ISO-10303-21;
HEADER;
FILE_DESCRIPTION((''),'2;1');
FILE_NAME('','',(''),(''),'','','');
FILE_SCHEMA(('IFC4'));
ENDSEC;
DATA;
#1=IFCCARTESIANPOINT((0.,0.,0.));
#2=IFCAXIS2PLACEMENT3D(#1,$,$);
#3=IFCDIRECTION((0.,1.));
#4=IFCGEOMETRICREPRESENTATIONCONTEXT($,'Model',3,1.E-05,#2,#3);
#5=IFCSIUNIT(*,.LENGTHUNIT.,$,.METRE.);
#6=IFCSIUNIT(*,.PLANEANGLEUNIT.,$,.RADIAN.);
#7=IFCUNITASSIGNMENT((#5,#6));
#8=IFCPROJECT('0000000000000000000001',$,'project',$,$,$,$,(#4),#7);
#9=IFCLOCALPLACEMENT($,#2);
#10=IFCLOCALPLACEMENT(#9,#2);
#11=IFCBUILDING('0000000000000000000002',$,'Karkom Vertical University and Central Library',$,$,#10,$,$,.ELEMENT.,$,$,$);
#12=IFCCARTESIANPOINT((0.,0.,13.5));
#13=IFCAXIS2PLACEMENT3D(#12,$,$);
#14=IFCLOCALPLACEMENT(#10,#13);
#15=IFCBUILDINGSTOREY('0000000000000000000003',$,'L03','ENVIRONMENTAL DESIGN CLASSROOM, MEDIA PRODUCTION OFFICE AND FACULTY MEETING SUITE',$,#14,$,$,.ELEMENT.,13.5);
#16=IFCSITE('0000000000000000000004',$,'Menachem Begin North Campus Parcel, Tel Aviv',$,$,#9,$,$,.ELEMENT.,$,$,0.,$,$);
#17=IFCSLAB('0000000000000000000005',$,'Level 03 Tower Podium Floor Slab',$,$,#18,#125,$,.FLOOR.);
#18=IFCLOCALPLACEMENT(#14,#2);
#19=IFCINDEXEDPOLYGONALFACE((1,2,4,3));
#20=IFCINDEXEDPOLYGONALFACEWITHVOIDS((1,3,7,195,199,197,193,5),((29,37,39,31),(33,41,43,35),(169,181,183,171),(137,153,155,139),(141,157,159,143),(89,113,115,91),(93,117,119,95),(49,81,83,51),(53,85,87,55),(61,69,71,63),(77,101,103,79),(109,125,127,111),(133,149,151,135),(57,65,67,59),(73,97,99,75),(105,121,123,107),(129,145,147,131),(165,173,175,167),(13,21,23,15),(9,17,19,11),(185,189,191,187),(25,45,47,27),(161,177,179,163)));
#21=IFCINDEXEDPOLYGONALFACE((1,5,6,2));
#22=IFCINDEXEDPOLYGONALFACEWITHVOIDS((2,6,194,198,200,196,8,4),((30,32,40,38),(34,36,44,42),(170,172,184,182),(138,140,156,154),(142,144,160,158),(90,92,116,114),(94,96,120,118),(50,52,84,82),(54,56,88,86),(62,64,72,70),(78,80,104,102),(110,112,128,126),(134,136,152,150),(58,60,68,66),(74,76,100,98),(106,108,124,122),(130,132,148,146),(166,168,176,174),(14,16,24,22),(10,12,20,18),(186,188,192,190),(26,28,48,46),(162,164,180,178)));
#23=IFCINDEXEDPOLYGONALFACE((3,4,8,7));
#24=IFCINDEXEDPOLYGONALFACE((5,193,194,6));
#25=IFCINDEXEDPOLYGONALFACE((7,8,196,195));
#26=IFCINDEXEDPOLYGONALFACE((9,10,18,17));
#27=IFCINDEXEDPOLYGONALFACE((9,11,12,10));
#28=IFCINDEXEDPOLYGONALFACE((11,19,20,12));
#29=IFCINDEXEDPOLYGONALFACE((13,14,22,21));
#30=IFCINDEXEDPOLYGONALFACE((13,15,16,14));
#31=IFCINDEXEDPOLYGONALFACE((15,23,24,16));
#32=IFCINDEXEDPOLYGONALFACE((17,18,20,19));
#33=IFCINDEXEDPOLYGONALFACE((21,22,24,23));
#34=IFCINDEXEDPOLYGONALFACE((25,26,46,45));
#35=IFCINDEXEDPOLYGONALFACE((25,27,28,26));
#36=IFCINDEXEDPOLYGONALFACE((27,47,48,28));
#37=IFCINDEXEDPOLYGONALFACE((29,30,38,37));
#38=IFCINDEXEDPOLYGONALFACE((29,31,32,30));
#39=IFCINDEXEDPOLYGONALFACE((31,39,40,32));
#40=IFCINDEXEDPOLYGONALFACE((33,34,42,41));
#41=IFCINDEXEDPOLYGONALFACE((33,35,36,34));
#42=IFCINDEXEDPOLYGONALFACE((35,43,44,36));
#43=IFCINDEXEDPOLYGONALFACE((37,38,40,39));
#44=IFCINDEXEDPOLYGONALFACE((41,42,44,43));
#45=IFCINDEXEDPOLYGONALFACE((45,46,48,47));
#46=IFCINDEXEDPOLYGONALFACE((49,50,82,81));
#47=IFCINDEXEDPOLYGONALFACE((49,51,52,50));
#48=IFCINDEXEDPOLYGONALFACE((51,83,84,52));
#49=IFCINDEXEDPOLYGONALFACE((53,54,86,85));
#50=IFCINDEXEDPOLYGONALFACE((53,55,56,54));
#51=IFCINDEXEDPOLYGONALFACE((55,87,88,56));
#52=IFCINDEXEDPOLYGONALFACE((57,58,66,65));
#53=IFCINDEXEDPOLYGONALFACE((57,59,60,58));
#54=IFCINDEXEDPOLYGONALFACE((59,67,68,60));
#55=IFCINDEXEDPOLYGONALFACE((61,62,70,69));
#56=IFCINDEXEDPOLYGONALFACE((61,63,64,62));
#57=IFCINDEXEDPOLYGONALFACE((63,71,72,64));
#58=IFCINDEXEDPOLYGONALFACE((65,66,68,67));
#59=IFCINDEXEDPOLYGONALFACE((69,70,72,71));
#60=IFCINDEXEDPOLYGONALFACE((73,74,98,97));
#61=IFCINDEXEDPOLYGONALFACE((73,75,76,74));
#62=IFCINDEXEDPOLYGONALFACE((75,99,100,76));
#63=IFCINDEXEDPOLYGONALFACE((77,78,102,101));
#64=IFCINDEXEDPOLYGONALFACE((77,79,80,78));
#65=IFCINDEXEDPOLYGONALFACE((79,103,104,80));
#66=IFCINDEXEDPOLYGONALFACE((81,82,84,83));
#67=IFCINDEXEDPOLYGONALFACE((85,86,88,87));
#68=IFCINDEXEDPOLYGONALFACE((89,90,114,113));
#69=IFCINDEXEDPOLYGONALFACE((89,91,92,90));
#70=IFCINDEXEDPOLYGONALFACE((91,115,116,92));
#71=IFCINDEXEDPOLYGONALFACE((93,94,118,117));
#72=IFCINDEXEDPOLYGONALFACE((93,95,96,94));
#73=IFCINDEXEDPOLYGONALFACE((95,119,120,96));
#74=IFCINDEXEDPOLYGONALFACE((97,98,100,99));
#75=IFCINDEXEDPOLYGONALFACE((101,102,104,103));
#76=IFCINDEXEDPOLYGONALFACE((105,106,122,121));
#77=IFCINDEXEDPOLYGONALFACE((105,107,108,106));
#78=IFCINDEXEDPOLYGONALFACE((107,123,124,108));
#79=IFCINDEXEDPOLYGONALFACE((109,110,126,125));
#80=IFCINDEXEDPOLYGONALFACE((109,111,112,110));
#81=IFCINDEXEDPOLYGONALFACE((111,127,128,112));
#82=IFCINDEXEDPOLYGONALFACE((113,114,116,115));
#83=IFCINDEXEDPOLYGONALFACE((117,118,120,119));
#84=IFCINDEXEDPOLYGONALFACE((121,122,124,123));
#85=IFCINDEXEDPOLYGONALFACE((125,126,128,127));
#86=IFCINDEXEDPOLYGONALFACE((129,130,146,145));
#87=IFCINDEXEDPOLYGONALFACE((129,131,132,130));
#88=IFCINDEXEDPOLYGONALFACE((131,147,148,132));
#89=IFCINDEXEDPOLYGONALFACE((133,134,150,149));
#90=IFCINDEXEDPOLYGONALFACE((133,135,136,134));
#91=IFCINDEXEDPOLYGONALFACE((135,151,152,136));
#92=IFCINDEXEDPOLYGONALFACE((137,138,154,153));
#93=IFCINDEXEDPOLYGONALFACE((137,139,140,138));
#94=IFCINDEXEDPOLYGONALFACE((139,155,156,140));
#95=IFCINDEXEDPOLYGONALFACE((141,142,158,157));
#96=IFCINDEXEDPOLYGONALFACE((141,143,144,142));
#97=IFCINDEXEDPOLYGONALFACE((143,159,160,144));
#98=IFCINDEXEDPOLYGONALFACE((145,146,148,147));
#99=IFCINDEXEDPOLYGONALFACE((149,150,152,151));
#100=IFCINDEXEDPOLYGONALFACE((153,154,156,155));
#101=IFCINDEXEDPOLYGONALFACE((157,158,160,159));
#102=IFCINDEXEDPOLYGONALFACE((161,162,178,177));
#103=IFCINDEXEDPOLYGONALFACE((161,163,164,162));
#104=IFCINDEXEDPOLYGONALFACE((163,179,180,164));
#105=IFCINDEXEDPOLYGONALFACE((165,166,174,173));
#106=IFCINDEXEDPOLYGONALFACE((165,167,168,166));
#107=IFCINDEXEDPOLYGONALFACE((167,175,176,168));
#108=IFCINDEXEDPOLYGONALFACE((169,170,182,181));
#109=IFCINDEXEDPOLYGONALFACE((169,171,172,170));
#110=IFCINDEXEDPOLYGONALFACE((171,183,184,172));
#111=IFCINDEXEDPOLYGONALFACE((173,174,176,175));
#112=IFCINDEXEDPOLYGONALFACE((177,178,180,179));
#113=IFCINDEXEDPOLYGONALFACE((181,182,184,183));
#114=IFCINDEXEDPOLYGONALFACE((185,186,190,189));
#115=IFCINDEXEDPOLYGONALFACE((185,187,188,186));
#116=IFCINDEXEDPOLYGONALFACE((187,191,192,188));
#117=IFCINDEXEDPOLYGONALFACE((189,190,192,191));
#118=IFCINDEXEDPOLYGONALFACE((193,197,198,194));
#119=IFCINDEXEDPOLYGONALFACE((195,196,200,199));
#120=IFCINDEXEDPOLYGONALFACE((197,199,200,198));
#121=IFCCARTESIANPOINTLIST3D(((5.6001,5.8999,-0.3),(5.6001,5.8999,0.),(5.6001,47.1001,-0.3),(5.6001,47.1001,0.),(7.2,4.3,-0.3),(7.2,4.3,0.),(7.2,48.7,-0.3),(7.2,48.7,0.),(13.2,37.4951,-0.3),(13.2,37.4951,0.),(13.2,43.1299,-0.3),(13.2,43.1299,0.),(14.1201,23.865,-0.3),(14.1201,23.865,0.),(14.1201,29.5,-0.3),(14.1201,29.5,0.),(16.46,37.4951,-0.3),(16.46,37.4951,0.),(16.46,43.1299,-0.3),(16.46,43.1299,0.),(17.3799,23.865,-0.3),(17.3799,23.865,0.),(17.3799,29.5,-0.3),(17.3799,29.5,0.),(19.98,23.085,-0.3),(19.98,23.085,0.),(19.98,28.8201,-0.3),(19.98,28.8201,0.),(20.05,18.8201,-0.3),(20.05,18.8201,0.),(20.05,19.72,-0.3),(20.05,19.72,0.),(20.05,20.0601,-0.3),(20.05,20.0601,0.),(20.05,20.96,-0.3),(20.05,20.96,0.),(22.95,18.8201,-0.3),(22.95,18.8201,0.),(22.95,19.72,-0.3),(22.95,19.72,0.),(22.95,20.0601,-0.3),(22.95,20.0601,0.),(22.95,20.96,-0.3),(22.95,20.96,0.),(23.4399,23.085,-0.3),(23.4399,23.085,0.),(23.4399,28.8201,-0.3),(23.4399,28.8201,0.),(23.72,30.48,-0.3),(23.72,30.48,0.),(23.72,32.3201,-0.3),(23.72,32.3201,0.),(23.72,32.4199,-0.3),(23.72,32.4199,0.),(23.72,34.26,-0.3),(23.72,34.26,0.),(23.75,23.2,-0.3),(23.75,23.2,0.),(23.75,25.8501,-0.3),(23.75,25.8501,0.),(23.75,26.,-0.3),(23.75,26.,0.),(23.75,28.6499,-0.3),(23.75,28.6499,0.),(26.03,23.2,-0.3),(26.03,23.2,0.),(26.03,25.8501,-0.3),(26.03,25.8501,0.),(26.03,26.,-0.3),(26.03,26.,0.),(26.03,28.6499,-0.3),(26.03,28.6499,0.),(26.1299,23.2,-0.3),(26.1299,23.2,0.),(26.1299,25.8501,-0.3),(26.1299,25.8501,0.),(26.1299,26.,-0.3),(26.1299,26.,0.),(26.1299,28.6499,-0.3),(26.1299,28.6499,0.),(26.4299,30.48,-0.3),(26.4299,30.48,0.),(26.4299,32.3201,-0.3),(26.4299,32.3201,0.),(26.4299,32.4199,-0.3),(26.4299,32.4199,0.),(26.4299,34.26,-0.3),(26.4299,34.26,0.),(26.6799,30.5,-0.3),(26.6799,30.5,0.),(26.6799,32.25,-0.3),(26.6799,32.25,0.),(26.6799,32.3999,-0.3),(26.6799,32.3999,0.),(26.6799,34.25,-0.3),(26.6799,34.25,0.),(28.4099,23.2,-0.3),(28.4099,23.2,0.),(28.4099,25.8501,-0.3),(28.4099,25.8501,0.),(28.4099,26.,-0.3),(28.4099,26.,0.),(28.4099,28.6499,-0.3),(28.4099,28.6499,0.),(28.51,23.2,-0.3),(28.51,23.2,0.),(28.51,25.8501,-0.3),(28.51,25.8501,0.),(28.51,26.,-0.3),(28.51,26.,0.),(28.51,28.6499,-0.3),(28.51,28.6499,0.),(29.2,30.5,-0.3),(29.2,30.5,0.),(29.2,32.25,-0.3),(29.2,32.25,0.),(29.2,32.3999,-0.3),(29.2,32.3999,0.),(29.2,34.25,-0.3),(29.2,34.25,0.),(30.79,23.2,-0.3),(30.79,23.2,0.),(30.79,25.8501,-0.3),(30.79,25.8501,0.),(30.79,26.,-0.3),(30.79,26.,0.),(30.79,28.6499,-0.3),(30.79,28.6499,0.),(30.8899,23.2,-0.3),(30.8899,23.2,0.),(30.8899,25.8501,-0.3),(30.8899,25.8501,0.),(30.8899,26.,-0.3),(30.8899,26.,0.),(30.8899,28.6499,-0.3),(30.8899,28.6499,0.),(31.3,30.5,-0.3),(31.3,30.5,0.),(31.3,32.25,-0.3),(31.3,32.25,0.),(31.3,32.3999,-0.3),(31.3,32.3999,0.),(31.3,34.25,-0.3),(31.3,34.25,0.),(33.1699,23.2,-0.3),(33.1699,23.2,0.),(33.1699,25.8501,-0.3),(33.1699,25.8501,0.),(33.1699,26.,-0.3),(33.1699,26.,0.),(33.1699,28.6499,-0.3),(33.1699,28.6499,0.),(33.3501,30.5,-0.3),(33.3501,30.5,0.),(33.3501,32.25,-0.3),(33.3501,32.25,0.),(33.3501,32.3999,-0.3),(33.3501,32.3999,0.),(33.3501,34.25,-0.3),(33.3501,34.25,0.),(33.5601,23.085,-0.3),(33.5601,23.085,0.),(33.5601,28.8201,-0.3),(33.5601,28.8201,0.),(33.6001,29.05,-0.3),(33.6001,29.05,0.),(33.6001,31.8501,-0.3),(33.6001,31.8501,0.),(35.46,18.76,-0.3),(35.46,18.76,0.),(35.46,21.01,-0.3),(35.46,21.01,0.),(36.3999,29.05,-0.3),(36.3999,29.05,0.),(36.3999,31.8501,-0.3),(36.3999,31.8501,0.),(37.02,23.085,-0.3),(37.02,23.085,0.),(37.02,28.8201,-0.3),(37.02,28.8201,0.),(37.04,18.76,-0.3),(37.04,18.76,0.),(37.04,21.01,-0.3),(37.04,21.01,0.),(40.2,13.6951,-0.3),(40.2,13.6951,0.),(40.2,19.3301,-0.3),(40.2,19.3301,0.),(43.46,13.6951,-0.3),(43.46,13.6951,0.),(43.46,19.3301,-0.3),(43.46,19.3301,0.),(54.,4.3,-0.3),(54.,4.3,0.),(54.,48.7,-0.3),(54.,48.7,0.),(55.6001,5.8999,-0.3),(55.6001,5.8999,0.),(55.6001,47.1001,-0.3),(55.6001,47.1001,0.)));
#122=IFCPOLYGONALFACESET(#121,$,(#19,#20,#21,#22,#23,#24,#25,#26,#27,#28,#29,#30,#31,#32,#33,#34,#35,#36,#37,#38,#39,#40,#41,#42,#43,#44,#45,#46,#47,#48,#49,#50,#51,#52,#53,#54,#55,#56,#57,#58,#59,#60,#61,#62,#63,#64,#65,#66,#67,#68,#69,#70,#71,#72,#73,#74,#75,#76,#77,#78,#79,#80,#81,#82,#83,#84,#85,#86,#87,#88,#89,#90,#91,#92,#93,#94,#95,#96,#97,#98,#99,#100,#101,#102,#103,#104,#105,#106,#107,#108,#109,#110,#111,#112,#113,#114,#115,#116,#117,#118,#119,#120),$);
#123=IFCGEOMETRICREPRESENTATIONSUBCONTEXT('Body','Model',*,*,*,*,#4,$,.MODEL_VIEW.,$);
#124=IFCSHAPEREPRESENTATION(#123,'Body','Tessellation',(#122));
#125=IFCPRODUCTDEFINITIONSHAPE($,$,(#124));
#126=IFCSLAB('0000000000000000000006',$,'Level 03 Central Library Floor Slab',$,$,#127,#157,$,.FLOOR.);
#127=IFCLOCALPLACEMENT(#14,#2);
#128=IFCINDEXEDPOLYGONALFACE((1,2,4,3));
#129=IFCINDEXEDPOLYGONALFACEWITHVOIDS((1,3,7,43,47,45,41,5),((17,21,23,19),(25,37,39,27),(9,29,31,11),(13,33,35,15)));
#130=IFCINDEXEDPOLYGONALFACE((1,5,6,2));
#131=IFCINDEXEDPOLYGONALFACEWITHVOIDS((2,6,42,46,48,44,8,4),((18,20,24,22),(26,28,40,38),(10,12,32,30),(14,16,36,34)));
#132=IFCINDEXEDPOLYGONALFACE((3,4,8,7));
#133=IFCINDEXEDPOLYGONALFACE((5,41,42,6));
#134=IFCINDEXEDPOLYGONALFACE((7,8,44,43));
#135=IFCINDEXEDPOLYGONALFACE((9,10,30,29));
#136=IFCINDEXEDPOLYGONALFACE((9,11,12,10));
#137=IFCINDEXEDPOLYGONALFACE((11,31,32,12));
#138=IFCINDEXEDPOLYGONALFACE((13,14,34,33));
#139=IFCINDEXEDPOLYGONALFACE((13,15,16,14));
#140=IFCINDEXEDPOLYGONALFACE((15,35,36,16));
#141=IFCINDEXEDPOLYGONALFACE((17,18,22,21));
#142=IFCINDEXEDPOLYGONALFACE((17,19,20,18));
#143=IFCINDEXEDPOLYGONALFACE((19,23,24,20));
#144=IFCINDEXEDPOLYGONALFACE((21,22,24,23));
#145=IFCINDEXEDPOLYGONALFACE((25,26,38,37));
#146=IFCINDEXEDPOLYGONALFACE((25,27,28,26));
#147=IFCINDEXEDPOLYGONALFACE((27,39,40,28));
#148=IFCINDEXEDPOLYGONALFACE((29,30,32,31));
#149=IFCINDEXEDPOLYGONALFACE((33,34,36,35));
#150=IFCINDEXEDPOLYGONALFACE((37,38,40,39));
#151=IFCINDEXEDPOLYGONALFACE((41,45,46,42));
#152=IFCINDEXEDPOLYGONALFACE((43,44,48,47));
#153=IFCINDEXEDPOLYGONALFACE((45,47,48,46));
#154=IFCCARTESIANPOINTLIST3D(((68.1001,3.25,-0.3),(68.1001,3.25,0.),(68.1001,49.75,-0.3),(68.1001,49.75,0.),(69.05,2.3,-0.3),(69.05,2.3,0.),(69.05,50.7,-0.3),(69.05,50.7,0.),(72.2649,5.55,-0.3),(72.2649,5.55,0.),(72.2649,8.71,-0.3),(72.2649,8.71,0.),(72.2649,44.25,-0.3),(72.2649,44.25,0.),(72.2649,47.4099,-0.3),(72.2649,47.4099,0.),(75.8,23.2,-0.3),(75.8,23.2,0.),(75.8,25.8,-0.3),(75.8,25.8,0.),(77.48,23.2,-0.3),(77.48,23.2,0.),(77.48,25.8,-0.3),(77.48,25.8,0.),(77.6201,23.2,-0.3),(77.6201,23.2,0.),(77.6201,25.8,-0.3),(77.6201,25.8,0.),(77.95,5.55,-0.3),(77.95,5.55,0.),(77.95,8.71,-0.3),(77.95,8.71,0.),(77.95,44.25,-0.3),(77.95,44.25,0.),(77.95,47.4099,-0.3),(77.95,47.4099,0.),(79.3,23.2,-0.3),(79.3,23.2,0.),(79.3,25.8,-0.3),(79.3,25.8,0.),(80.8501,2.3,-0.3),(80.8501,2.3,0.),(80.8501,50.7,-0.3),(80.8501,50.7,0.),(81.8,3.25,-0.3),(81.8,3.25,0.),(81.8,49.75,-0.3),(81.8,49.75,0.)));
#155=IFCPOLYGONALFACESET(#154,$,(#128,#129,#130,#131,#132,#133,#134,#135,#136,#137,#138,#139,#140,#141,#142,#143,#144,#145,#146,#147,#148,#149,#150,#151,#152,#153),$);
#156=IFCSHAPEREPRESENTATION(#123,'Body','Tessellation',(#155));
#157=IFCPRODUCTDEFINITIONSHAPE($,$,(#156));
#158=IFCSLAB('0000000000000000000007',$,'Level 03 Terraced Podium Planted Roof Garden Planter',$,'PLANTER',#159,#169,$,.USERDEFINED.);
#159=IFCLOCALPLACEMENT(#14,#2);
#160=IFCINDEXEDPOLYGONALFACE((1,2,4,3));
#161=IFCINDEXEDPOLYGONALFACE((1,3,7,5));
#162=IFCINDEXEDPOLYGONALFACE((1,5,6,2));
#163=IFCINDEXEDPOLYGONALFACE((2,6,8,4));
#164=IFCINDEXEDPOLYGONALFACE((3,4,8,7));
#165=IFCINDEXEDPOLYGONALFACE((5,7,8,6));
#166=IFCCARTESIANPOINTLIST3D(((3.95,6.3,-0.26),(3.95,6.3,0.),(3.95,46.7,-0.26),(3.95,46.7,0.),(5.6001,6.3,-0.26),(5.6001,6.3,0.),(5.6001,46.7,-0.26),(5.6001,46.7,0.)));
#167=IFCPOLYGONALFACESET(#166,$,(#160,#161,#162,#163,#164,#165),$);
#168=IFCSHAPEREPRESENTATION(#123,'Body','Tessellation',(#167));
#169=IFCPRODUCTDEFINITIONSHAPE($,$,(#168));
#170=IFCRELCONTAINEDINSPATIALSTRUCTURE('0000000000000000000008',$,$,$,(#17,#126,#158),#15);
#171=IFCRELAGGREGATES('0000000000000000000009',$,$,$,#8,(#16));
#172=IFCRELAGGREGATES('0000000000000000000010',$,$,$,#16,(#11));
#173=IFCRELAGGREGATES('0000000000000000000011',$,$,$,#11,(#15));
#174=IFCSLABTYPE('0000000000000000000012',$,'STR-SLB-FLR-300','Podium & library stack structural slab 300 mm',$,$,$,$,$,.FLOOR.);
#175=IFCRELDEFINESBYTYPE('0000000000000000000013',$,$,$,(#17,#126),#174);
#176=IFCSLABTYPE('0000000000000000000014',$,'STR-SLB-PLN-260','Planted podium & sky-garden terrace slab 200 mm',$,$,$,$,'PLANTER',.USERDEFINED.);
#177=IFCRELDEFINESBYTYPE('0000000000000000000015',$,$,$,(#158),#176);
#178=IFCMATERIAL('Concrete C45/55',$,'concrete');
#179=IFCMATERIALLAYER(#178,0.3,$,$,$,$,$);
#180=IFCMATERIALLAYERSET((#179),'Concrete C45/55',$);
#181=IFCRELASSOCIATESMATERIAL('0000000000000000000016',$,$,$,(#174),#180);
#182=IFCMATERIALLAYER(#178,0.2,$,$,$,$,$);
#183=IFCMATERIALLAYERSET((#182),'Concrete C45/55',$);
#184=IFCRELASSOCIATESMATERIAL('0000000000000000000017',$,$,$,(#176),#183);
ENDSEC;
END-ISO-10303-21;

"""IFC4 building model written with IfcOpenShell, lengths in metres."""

from ifc_helpers import new_model, si_unit, direction, frame, origin, place, context, subcontext, project, spatial, polyline, outline, extrude, material, layer, layer_set, type_object, element, save


model = new_model("IFC4")

# Units and contexts
model_context = context("Model", 3, precision=1e-05, world=origin(), true_north=direction((0.0, 1.0)))
body_context = subcontext(model_context, "Body", "Model", "MODEL_VIEW")
ifc_project = project(units=[si_unit("LENGTHUNIT", "METRE"), si_unit("PLANEANGLEUNIT", "RADIAN")], contexts=[model_context])

# Site, building, storey
site_placement = place(None, origin())
site = spatial("IfcSite", under=ifc_project, at=site_placement, Name="Menachem Begin North Campus Parcel, Tel Aviv", CompositionType="ELEMENT", RefElevation=0.0)
building_placement = place(site_placement, origin())
building = spatial("IfcBuilding", under=site, at=building_placement, Name="Karkom Vertical University and Central Library", CompositionType="ELEMENT")
storey_placement = place(building_placement, frame((0.0, 0.0, 13.5)))
storey = spatial("IfcBuildingStorey", under=building, at=storey_placement, Name="L03", Description="ENVIRONMENTAL DESIGN CLASSROOM, MEDIA PRODUCTION OFFICE AND FACULTY MEETING SUITE", CompositionType="ELEMENT", Elevation=13.5)

# Shared definitions
ifc_material_1 = material(Name="Concrete C45/55", Category="concrete")

# Slabs
ifc_layer_1 = layer(ifc_material_1, 0.3)
ifc_layer_set_1 = layer_set([ifc_layer_1], Name="Concrete C45/55")
slab_type_1 = type_object("IfcSlabType", Name="STR-SLB-FLR-300", Description="Podium & library stack structural slab 300 mm", PredefinedType="FLOOR", material=ifc_layer_set_1)
slab_1_placement = place(storey_placement, frame((0.0, 0.0, -0.3)))
element("IfcSlab", 1, at=slab_1_placement, inside=storey, type_object=slab_type_1, Name="Level 03 Tower Podium Floor Slab", PredefinedType="FLOOR", context=body_context, shape_type="SweptSolid", body=[
    extrude(outline(polyline([(7.2, 4.3), (54.0, 4.3), (55.6001, 5.8999), (55.6001, 47.1001), (54.0, 48.7), (7.2, 48.7), (5.6001, 47.1001), (5.6001, 5.8999), (7.2, 4.3)]), holes=[polyline([(19.98, 23.085), (23.4399, 23.085), (23.4399, 28.8201), (19.98, 28.8201), (19.98, 23.085)]), polyline([(33.5601, 23.085), (37.02, 23.085), (37.02, 28.8201), (33.5601, 28.8201), (33.5601, 23.085)]), polyline([(14.1201, 23.865), (17.3799, 23.865), (17.3799, 29.5), (14.1201, 29.5), (14.1201, 23.865)]), polyline([(40.2, 13.6951), (43.46, 13.6951), (43.46, 19.3301), (40.2, 19.3301), (40.2, 13.6951)]), polyline([(13.2, 37.4951), (16.46, 37.4951), (16.46, 43.1299), (13.2, 43.1299), (13.2, 37.4951)]), polyline([(23.75, 23.2), (26.03, 23.2), (26.03, 25.8501), (23.75, 25.8501), (23.75, 23.2)]), polyline([(26.1299, 23.2), (28.4099, 23.2), (28.4099, 25.8501), (26.1299, 25.8501), (26.1299, 23.2)]), polyline([(28.51, 23.2), (30.79, 23.2), (30.79, 25.8501), (28.51, 25.8501), (28.51, 23.2)]), polyline([(30.8899, 23.2), (33.1699, 23.2), (33.1699, 25.8501), (30.8899, 25.8501), (30.8899, 23.2)]), polyline([(23.75, 26.0), (26.03, 26.0), (26.03, 28.6499), (23.75, 28.6499), (23.75, 26.0)]), polyline([(26.1299, 26.0), (28.4099, 26.0), (28.4099, 28.6499), (26.1299, 28.6499), (26.1299, 26.0)]), polyline([(28.51, 26.0), (30.79, 26.0), (30.79, 28.6499), (28.51, 28.6499), (28.51, 26.0)]), polyline([(30.8899, 26.0), (33.1699, 26.0), (33.1699, 28.6499), (30.8899, 28.6499), (30.8899, 26.0)]), polyline([(26.6799, 30.5), (29.2, 30.5), (29.2, 32.25), (26.6799, 32.25), (26.6799, 30.5)]), polyline([(26.6799, 32.3999), (29.2, 32.3999), (29.2, 34.25), (26.6799, 34.25), (26.6799, 32.3999)]), polyline([(31.3, 30.5), (33.3501, 30.5), (33.3501, 32.25), (31.3, 32.25), (31.3, 30.5)]), polyline([(31.3, 32.3999), (33.3501, 32.3999), (33.3501, 34.25), (31.3, 34.25), (31.3, 32.3999)]), polyline([(23.72, 30.48), (26.4299, 30.48), (26.4299, 32.3201), (23.72, 32.3201), (23.72, 30.48)]), polyline([(23.72, 32.4199), (26.4299, 32.4199), (26.4299, 34.26), (23.72, 34.26), (23.72, 32.4199)]), polyline([(33.6001, 29.05), (36.3999, 29.05), (36.3999, 31.8501), (33.6001, 31.8501), (33.6001, 29.05)]), polyline([(20.05, 18.8201), (22.95, 18.8201), (22.95, 19.72), (20.05, 19.72), (20.05, 18.8201)]), polyline([(20.05, 20.0601), (22.95, 20.0601), (22.95, 20.96), (20.05, 20.96), (20.05, 20.0601)]), polyline([(35.46, 18.76), (37.04, 18.76), (37.04, 21.01), (35.46, 21.01), (35.46, 18.76)])]), origin(), (0.0, 0.0, 1.0), 0.3),
])
slab_2_placement = place(storey_placement, frame((0.0, 0.0, -0.3)))
element("IfcSlab", 2, at=slab_2_placement, inside=storey, type_object=slab_type_1, Name="Level 03 Central Library Floor Slab", PredefinedType="FLOOR", context=body_context, shape_type="SweptSolid", body=[
    extrude(outline(polyline([(69.05, 2.3), (80.8501, 2.3), (81.8, 3.25), (81.8, 49.75), (80.8501, 50.7), (69.05, 50.7), (68.1001, 49.75), (68.1001, 3.25), (69.05, 2.3)]), holes=[polyline([(72.2649, 5.55), (77.95, 5.55), (77.95, 8.71), (72.2649, 8.71), (72.2649, 5.55)]), polyline([(72.2649, 44.25), (77.95, 44.25), (77.95, 47.4099), (72.2649, 47.4099), (72.2649, 44.25)]), polyline([(75.8, 23.2), (77.48, 23.2), (77.48, 25.8), (75.8, 25.8), (75.8, 23.2)]), polyline([(77.6201, 23.2), (79.3, 23.2), (79.3, 25.8), (77.6201, 25.8), (77.6201, 23.2)])]), origin(), (0.0, 0.0, 1.0), 0.3),
])
ifc_layer_2 = layer(ifc_material_1, 0.2)
ifc_layer_set_2 = layer_set([ifc_layer_2], Name="Concrete C45/55")
slab_type_2 = type_object("IfcSlabType", Name="STR-SLB-PLN-260", Description="Planted podium & sky-garden terrace slab 200 mm", ElementType="PLANTER", PredefinedType="USERDEFINED", material=ifc_layer_set_2)
slab_3_placement = place(storey_placement, frame((0.0, 0.0, -0.26)))
element("IfcSlab", 3, at=slab_3_placement, inside=storey, type_object=slab_type_2, Name="Level 03 Terraced Podium Planted Roof Garden Planter", ObjectType="PLANTER", PredefinedType="USERDEFINED", context=body_context, shape_type="SweptSolid", body=[
    extrude(outline(polyline([(3.95, 6.3), (5.6001, 6.3), (5.6001, 46.7), (3.95, 46.7), (3.95, 6.3)])), origin(), (0.0, 0.0, 1.0), 0.26),
])

save(model, "model.ifc")
